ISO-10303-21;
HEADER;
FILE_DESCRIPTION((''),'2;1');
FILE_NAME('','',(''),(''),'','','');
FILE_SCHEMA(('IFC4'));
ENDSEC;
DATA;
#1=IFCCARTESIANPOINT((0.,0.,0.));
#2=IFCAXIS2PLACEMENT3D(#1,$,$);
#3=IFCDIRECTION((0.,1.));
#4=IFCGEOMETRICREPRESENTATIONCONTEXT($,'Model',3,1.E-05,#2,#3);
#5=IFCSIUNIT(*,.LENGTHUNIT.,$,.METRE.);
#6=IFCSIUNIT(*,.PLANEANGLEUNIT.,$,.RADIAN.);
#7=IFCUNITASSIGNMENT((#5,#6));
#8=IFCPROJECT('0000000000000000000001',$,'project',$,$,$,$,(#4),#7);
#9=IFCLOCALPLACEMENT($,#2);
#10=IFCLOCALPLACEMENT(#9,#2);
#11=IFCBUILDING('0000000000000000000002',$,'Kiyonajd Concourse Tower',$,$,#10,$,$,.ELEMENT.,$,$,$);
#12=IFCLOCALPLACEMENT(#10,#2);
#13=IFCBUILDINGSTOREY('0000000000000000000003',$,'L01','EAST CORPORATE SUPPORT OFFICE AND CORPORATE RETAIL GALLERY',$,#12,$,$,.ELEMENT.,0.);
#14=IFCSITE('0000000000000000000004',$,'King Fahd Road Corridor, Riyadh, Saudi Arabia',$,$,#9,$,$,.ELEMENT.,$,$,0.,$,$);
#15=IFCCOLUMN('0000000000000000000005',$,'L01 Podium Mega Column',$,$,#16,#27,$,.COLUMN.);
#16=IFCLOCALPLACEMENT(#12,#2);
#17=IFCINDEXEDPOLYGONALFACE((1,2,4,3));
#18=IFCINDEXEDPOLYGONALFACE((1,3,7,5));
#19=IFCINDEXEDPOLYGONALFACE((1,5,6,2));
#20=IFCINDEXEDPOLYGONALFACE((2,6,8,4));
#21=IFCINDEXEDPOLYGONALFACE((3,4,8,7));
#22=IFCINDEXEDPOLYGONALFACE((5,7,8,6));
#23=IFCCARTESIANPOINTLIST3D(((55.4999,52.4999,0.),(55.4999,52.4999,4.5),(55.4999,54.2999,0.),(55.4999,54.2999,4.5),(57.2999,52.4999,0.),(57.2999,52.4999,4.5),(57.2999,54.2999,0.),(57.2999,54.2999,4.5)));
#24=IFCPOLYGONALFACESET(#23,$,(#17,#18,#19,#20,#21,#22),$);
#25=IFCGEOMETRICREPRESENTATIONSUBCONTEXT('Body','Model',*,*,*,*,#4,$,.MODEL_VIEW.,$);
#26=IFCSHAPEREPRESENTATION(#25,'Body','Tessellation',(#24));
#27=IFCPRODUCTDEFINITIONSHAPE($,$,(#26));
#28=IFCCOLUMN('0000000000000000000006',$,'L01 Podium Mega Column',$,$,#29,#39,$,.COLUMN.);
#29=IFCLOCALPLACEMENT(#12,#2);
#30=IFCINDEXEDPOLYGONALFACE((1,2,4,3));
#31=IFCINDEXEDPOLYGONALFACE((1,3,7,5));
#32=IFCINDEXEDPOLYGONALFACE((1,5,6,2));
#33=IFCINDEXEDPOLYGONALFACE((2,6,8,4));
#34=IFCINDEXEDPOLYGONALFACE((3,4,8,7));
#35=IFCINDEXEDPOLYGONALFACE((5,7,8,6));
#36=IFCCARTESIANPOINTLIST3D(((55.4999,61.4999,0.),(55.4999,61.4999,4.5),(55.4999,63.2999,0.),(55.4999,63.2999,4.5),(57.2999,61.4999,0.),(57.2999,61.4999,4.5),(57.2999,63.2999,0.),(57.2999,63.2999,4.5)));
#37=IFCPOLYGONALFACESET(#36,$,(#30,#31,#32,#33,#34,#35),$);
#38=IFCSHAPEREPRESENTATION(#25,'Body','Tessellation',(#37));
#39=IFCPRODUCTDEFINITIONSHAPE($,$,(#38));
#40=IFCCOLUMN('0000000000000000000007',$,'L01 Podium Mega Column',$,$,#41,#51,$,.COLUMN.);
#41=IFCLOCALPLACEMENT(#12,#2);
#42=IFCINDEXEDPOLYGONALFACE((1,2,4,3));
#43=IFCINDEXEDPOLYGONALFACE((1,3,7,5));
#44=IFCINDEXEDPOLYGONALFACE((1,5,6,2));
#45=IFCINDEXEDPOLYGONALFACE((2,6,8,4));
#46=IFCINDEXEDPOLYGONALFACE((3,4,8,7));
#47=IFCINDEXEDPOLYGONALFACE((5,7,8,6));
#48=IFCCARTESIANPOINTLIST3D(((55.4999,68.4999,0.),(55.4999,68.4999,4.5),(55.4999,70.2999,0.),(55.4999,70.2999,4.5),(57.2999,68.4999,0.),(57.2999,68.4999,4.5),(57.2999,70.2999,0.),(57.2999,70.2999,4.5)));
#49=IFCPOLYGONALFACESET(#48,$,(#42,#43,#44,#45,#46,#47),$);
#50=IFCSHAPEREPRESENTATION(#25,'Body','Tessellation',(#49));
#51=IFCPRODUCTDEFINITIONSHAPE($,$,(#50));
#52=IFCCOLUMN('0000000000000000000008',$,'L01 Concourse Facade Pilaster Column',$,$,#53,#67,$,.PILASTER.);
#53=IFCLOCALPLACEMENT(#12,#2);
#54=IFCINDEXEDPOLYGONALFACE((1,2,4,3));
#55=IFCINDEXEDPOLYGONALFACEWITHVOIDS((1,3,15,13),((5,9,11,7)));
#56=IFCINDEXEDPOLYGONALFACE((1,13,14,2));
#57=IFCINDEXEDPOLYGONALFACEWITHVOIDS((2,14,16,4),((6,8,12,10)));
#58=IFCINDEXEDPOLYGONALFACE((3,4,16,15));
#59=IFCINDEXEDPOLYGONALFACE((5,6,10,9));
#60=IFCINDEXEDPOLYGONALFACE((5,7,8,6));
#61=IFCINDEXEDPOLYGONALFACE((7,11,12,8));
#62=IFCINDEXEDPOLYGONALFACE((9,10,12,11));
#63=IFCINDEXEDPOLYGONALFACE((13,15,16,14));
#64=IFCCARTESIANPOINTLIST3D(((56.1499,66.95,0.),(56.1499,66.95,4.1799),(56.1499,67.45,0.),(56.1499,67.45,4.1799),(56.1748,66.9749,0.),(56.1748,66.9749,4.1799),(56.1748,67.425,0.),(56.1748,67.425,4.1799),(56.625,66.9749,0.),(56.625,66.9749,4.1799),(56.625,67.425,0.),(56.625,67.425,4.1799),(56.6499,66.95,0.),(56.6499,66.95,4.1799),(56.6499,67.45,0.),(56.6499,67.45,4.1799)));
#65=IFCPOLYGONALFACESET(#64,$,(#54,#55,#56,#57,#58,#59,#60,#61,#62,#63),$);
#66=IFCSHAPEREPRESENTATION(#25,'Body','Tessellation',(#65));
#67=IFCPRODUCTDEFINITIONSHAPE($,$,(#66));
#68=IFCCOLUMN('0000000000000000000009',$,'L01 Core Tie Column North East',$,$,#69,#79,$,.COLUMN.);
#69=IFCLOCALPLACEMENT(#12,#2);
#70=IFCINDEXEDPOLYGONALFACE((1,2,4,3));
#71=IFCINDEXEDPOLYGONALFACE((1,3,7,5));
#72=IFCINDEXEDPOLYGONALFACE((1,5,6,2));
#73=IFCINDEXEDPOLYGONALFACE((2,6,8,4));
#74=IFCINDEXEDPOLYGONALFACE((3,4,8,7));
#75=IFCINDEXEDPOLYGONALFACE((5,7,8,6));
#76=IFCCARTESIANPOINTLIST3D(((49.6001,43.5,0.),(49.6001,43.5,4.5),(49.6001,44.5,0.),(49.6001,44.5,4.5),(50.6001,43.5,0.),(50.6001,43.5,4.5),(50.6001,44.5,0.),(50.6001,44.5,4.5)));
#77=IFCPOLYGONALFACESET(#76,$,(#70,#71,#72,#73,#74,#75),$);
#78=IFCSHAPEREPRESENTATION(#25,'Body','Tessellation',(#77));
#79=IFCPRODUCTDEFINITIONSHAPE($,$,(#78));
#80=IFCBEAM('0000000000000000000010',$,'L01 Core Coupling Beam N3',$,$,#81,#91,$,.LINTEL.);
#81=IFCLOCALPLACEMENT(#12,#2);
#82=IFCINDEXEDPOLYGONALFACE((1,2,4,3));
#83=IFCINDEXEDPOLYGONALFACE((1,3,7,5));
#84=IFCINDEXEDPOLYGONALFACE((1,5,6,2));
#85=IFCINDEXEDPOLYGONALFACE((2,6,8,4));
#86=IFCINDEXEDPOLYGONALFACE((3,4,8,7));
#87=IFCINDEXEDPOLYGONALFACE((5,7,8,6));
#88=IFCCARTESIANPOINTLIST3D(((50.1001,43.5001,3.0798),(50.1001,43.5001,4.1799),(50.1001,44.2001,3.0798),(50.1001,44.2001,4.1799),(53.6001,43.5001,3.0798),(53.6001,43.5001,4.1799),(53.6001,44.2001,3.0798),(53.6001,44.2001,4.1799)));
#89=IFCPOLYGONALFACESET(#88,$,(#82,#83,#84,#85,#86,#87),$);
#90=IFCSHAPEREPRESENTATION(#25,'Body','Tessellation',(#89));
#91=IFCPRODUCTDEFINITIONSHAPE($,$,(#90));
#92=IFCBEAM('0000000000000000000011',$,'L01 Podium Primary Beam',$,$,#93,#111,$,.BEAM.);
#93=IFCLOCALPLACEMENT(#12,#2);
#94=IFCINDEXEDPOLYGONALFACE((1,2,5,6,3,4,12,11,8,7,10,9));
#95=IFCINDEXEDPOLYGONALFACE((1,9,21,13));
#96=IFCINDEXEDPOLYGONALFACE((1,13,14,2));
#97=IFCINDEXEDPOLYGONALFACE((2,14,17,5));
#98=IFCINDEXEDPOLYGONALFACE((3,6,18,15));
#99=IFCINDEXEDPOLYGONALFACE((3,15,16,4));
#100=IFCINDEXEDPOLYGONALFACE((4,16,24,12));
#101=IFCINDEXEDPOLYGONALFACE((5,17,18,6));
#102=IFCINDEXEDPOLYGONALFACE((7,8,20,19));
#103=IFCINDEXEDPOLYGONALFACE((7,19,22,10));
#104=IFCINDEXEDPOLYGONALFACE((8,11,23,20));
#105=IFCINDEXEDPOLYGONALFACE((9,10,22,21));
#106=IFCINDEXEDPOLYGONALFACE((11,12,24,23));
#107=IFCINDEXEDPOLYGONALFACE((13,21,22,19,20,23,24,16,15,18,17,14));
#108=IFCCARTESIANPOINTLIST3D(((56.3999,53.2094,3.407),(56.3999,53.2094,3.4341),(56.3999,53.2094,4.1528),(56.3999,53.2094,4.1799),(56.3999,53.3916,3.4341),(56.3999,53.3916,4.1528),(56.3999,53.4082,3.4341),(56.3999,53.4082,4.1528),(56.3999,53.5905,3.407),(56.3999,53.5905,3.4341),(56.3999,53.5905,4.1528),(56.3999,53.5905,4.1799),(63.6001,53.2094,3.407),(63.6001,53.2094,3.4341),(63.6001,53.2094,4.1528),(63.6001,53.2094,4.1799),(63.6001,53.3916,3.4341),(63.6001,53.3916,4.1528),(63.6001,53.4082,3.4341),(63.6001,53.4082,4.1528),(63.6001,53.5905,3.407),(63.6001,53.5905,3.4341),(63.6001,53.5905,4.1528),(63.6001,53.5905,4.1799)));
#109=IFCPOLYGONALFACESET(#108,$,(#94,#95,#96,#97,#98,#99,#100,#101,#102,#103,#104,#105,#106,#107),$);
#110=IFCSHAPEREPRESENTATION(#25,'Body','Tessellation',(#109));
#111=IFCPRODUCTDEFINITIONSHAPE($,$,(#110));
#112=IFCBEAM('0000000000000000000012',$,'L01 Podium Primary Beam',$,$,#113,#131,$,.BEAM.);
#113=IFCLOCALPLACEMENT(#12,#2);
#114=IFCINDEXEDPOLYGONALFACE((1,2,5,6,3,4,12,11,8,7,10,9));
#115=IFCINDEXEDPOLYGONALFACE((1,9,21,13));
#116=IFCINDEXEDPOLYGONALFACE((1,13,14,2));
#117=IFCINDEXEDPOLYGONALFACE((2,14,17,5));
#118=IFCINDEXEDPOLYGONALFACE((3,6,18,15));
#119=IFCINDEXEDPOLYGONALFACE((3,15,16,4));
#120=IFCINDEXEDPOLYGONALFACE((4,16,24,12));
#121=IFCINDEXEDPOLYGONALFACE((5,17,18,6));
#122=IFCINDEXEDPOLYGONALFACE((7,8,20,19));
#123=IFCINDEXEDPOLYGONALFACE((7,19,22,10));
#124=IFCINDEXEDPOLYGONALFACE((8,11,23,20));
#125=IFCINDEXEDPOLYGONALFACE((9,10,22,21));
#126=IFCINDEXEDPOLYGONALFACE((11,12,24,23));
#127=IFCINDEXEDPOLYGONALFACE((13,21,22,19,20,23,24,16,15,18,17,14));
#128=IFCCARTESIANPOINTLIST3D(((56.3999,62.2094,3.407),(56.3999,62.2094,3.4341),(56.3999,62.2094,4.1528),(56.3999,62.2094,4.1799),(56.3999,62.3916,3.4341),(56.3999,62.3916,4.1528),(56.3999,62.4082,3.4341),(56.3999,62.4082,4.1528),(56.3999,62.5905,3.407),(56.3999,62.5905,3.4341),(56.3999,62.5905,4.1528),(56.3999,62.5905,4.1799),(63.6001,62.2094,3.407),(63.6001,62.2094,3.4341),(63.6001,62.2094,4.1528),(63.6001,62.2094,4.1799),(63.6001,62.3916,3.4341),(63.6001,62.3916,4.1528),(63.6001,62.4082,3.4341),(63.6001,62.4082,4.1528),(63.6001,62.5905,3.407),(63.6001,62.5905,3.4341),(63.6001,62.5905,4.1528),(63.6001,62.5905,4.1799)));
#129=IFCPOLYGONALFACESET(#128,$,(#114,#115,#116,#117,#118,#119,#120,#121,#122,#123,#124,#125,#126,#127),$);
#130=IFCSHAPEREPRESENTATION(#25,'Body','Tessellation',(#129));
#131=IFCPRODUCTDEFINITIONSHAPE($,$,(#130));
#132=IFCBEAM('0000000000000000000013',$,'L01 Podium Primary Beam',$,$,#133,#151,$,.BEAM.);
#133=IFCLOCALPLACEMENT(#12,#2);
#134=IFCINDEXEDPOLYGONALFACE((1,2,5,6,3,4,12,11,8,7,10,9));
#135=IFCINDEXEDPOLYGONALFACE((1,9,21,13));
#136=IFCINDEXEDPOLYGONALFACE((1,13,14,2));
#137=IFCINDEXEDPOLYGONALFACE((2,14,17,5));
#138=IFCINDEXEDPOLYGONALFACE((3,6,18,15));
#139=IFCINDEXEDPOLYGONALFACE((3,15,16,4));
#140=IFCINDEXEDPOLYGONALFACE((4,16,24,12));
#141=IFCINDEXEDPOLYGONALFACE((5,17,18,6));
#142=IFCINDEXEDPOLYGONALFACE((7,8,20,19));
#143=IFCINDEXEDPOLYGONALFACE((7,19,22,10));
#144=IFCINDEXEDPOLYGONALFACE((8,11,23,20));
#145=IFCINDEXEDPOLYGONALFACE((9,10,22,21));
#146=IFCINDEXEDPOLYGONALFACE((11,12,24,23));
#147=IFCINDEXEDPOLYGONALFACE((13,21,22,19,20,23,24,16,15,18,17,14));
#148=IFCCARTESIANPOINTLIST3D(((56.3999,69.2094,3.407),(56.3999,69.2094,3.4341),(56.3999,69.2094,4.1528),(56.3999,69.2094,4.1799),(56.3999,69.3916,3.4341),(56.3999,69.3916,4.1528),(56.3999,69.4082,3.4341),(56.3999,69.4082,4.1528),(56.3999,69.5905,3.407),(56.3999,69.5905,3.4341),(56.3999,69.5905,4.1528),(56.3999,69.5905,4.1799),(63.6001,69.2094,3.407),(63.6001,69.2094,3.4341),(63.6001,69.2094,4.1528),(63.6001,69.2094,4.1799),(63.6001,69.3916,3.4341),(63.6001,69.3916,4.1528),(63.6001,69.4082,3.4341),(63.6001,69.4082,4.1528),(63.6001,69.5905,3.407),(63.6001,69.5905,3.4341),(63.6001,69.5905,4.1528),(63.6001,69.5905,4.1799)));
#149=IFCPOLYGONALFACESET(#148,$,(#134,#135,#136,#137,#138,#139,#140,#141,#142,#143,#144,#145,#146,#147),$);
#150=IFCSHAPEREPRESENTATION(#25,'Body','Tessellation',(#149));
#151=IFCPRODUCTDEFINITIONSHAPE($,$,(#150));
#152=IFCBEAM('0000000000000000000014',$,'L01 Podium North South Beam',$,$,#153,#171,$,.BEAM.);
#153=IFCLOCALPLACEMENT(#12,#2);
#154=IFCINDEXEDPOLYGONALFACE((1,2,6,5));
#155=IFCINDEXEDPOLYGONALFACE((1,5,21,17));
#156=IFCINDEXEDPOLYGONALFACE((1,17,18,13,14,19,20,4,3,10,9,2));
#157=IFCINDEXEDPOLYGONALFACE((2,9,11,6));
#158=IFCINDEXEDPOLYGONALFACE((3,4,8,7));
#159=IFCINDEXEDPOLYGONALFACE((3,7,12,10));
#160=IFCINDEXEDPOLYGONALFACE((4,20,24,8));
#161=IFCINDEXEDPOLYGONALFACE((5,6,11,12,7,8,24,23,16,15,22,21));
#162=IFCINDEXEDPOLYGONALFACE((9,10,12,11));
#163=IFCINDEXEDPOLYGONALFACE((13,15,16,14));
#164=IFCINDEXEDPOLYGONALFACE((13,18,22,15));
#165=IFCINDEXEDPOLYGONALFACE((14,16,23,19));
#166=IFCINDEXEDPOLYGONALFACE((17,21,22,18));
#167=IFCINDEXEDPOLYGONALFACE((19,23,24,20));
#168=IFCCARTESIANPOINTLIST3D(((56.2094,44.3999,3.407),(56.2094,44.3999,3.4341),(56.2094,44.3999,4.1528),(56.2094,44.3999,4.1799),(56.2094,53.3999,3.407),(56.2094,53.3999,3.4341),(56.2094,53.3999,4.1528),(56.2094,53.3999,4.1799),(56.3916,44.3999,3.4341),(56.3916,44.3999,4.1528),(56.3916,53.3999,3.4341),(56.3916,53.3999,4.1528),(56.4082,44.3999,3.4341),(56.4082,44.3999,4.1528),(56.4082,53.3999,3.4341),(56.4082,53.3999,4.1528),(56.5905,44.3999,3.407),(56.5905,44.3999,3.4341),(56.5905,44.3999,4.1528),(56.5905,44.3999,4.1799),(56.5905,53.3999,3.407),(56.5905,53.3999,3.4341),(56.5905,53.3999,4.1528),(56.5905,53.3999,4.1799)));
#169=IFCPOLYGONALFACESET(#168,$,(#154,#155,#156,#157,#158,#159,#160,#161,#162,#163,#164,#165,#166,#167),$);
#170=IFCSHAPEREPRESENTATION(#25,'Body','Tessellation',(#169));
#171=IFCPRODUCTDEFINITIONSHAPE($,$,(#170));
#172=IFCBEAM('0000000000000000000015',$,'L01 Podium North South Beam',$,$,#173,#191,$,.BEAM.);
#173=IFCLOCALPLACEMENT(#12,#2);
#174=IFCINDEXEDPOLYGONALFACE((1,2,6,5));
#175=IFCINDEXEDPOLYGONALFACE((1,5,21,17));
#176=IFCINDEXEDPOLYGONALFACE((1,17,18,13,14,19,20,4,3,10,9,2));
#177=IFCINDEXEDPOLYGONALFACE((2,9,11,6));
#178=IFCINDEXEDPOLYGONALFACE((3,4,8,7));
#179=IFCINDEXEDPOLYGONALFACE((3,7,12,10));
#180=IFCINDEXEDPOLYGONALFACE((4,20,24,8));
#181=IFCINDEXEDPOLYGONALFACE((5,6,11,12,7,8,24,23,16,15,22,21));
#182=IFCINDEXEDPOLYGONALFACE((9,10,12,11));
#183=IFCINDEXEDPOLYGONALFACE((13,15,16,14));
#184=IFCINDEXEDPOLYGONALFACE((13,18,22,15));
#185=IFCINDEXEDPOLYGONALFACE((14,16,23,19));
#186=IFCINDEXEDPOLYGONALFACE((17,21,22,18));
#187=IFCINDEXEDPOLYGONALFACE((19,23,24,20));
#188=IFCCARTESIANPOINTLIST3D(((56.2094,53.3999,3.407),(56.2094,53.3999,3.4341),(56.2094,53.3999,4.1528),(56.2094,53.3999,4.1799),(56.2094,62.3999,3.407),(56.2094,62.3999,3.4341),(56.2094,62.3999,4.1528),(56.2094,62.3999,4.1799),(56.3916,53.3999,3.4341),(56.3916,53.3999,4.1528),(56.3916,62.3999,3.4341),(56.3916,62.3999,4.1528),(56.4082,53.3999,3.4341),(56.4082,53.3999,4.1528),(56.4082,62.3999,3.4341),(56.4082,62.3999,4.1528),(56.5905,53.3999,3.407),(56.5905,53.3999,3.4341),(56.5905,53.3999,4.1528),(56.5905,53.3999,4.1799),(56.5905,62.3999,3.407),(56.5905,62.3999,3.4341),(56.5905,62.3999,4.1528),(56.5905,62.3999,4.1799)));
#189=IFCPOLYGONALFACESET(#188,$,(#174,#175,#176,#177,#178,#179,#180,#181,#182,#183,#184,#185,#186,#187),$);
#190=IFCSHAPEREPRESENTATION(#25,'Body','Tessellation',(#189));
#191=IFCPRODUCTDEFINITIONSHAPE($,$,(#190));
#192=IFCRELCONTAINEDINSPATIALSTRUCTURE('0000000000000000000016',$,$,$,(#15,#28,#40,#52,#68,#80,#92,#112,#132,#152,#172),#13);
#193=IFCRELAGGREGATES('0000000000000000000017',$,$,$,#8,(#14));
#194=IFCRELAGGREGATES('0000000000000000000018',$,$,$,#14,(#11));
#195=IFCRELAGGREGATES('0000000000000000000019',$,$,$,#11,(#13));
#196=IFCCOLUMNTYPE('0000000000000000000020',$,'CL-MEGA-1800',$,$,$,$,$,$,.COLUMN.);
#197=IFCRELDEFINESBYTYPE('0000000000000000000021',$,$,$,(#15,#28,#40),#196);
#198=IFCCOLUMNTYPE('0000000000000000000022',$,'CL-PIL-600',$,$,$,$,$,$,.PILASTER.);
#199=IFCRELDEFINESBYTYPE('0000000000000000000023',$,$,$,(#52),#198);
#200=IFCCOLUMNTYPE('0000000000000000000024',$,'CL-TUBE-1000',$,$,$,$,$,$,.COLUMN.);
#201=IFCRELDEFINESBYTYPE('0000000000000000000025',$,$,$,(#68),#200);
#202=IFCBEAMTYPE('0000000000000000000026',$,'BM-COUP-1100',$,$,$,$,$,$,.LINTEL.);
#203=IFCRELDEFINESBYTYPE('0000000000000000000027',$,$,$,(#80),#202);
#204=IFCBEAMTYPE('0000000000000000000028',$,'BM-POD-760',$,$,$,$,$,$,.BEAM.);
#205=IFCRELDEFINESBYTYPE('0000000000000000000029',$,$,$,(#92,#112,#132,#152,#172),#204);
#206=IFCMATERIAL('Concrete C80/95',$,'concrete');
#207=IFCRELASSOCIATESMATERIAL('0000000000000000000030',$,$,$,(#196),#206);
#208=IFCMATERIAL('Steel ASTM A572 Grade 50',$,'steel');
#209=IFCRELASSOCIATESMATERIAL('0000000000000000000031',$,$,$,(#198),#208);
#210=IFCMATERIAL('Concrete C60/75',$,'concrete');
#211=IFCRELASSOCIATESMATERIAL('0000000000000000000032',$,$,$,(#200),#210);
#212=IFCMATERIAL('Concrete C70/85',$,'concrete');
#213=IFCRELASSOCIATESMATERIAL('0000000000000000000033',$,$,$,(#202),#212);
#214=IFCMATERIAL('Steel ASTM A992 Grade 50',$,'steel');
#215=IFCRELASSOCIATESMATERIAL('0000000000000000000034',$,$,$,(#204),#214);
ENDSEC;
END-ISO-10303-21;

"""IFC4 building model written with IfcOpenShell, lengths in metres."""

from ifc_helpers import new_model, si_unit, direction, frame, origin, origin_2d, place, context, subcontext, project, spatial, rectangle, hollow_rectangle, i_section, extrude, material, material_profile, profile_set, type_object, element, save


model = new_model("IFC4")

# Units and contexts
model_context = context("Model", 3, precision=1e-05, world=origin(), true_north=direction((0.0, 1.0)))
body_context = subcontext(model_context, "Body", "Model", "MODEL_VIEW")
ifc_project = project(units=[si_unit("LENGTHUNIT", "METRE"), si_unit("PLANEANGLEUNIT", "RADIAN")], contexts=[model_context])

# Site, building, storey
site_placement = place(None, origin())
site = spatial("IfcSite", under=ifc_project, at=site_placement, Name="King Fahd Road Corridor, Riyadh, Saudi Arabia", CompositionType="ELEMENT", RefElevation=0.0)
building_placement = place(site_placement, origin())
building = spatial("IfcBuilding", under=site, at=building_placement, Name="Kiyonajd Concourse Tower", CompositionType="ELEMENT")
storey_placement = place(building_placement, origin())
storey = spatial("IfcBuildingStorey", under=building, at=storey_placement, Name="L01", Description="EAST CORPORATE SUPPORT OFFICE AND CORPORATE RETAIL GALLERY", CompositionType="ELEMENT", Elevation=0.0)

# Columns
ifc_material_1 = material(Name="Concrete C80/95", Category="concrete")
ifc_material_profile_1 = material_profile(ifc_material_1, rectangle(XDim=1.8, YDim=1.8, at=origin_2d()), Name="RC-1800x1800")
ifc_profile_set_1 = profile_set([ifc_material_profile_1], Name="Concrete C80/95")
column_type_1 = type_object("IfcColumnType", Name="CL-MEGA-1800", PredefinedType="COLUMN", material=ifc_profile_set_1)
for number, where, z_axis, x_axis, name in (
    (1, (56.3999, 53.3999, 0.0), (0.0, 0.0, 1.0), (1.0, 0.0, 0.0), "L01 Podium Mega Column"),
    (2, (56.3999, 62.3999, 0.0), (0.0, 0.0, 1.0), (1.0, 0.0, 0.0), "L01 Podium Mega Column"),
    (3, (56.3999, 69.3999, 0.0), (0.0, 0.0, 1.0), (1.0, 0.0, 0.0), "L01 Podium Mega Column"),
):
    element("IfcColumn", number, at=place(storey_placement, frame(where, z_axis=z_axis, x_axis=x_axis)), inside=storey, type_object=column_type_1, Name=name, PredefinedType="COLUMN", context=body_context, shape_type="SweptSolid", body=[
        extrude(rectangle(XDim=1.8, YDim=1.8, at=origin_2d()), origin(), (0.0, 0.0, 1.0), 4.5),
    ])
ifc_material_2 = material(Name="Steel ASTM A572 Grade 50", Category="steel")
ifc_material_profile_2 = material_profile(ifc_material_2, hollow_rectangle(XDim=0.5, YDim=0.5, WallThickness=0.0249, at=origin_2d()), Name="HSS-500x500x25")
ifc_profile_set_2 = profile_set([ifc_material_profile_2], Name="Steel ASTM A572 Grade 50")
column_type_2 = type_object("IfcColumnType", Name="CL-PIL-600", PredefinedType="PILASTER", material=ifc_profile_set_2)
column_1_placement = place(storey_placement, frame((56.3999, 67.2, 0.0), z_axis=(0.0, 0.0, 1.0), x_axis=(1.0, 0.0, 0.0)))
element("IfcColumn", 4, at=column_1_placement, inside=storey, type_object=column_type_2, Name="L01 Concourse Facade Pilaster Column", PredefinedType="PILASTER", context=body_context, shape_type="SweptSolid", body=[
    extrude(hollow_rectangle(XDim=0.5, YDim=0.5, WallThickness=0.0249, at=origin_2d()), origin(), (0.0, 0.0, 1.0), 4.1799),
])
ifc_material_3 = material(Name="Concrete C60/75", Category="concrete")
ifc_material_profile_3 = material_profile(ifc_material_3, rectangle(XDim=1.0, YDim=1.0, at=origin_2d()), Name="RC-1000x1000")
ifc_profile_set_3 = profile_set([ifc_material_profile_3], Name="Concrete C60/75")
column_type_3 = type_object("IfcColumnType", Name="CL-TUBE-1000", PredefinedType="COLUMN", material=ifc_profile_set_3)
column_2_placement = place(storey_placement, frame((50.1001, 44.0, 0.0), z_axis=(0.0, 0.0, 1.0), x_axis=(1.0, 0.0, 0.0)))
element("IfcColumn", 5, at=column_2_placement, inside=storey, type_object=column_type_3, Name="L01 Core Tie Column North East", PredefinedType="COLUMN", context=body_context, shape_type="SweptSolid", body=[
    extrude(rectangle(XDim=1.0, YDim=1.0, at=origin_2d()), origin(), (0.0, 0.0, 1.0), 4.5),
])

# Beams
ifc_material_4 = material(Name="Concrete C70/85", Category="concrete")
ifc_material_profile_4 = material_profile(ifc_material_4, rectangle(XDim=0.7, YDim=1.1001, at=origin_2d()), Name="RCBM-700x1100")
ifc_profile_set_4 = profile_set([ifc_material_profile_4], Name="Concrete C70/85")
beam_type_1 = type_object("IfcBeamType", Name="BM-COUP-1100", PredefinedType="LINTEL", material=ifc_profile_set_4)
beam_1_placement = place(storey_placement, frame((50.1001, 43.8501, 3.6299), z_axis=(1.0, 0.0, 0.0), x_axis=(0.0, 1.0, 0.0)))
element("IfcBeam", 6, at=beam_1_placement, inside=storey, type_object=beam_type_1, Name="L01 Core Coupling Beam N3", PredefinedType="LINTEL", context=body_context, shape_type="SweptSolid", body=[
    extrude(rectangle(XDim=0.7, YDim=1.1001, at=origin_2d()), origin(), (0.0, 0.0, 1.0), 3.5),
])
ifc_material_5 = material(Name="Steel ASTM A992 Grade 50", Category="steel")
ifc_material_profile_5 = material_profile(ifc_material_5, i_section(OverallWidth=0.3811, OverallDepth=0.7729, WebThickness=0.0166, FlangeThickness=0.0271, at=origin_2d()), Name="W760X257")
ifc_profile_set_5 = profile_set([ifc_material_profile_5], Name="Steel ASTM A992 Grade 50")
beam_type_2 = type_object("IfcBeamType", Name="BM-POD-760", PredefinedType="BEAM", material=ifc_profile_set_5)
for number, where, z_axis, x_axis, name in (
    (7, (56.3999, 53.3999, 3.7935), (1.0, 0.0, 0.0), (0.0, 1.0, 0.0), "L01 Podium Primary Beam"),
    (8, (56.3999, 62.3999, 3.7935), (1.0, 0.0, 0.0), (0.0, 1.0, 0.0), "L01 Podium Primary Beam"),
    (9, (56.3999, 69.3999, 3.7935), (1.0, 0.0, 0.0), (0.0, 1.0, 0.0), "L01 Podium Primary Beam"),
):
    element("IfcBeam", number, at=place(storey_placement, frame(where, z_axis=z_axis, x_axis=x_axis)), inside=storey, type_object=beam_type_2, Name=name, PredefinedType="BEAM", context=body_context, shape_type="SweptSolid", body=[
        extrude(i_section(OverallWidth=0.3811, OverallDepth=0.7729, WebThickness=0.0166, FlangeThickness=0.0271, at=origin_2d()), origin(), (0.0, 0.0, 1.0), 7.2002),
    ])
for number, where, z_axis, x_axis, name in (
    (10, (56.3999, 44.3999, 3.7935), (0.0, 1.0, 0.0), (-1.0, 0.0, 0.0), "L01 Podium North South Beam"),
    (11, (56.3999, 53.3999, 3.7935), (0.0, 1.0, 0.0), (-1.0, 0.0, 0.0), "L01 Podium North South Beam"),
):
    element("IfcBeam", number, at=place(storey_placement, frame(where, z_axis=z_axis, x_axis=x_axis)), inside=storey, type_object=beam_type_2, Name=name, PredefinedType="BEAM", context=body_context, shape_type="SweptSolid", body=[
        extrude(i_section(OverallWidth=0.3811, OverallDepth=0.7729, WebThickness=0.0166, FlangeThickness=0.0271, at=origin_2d()), origin(), (0.0, 0.0, 1.0), 9.0),
    ])

save(model, "model.ifc")
